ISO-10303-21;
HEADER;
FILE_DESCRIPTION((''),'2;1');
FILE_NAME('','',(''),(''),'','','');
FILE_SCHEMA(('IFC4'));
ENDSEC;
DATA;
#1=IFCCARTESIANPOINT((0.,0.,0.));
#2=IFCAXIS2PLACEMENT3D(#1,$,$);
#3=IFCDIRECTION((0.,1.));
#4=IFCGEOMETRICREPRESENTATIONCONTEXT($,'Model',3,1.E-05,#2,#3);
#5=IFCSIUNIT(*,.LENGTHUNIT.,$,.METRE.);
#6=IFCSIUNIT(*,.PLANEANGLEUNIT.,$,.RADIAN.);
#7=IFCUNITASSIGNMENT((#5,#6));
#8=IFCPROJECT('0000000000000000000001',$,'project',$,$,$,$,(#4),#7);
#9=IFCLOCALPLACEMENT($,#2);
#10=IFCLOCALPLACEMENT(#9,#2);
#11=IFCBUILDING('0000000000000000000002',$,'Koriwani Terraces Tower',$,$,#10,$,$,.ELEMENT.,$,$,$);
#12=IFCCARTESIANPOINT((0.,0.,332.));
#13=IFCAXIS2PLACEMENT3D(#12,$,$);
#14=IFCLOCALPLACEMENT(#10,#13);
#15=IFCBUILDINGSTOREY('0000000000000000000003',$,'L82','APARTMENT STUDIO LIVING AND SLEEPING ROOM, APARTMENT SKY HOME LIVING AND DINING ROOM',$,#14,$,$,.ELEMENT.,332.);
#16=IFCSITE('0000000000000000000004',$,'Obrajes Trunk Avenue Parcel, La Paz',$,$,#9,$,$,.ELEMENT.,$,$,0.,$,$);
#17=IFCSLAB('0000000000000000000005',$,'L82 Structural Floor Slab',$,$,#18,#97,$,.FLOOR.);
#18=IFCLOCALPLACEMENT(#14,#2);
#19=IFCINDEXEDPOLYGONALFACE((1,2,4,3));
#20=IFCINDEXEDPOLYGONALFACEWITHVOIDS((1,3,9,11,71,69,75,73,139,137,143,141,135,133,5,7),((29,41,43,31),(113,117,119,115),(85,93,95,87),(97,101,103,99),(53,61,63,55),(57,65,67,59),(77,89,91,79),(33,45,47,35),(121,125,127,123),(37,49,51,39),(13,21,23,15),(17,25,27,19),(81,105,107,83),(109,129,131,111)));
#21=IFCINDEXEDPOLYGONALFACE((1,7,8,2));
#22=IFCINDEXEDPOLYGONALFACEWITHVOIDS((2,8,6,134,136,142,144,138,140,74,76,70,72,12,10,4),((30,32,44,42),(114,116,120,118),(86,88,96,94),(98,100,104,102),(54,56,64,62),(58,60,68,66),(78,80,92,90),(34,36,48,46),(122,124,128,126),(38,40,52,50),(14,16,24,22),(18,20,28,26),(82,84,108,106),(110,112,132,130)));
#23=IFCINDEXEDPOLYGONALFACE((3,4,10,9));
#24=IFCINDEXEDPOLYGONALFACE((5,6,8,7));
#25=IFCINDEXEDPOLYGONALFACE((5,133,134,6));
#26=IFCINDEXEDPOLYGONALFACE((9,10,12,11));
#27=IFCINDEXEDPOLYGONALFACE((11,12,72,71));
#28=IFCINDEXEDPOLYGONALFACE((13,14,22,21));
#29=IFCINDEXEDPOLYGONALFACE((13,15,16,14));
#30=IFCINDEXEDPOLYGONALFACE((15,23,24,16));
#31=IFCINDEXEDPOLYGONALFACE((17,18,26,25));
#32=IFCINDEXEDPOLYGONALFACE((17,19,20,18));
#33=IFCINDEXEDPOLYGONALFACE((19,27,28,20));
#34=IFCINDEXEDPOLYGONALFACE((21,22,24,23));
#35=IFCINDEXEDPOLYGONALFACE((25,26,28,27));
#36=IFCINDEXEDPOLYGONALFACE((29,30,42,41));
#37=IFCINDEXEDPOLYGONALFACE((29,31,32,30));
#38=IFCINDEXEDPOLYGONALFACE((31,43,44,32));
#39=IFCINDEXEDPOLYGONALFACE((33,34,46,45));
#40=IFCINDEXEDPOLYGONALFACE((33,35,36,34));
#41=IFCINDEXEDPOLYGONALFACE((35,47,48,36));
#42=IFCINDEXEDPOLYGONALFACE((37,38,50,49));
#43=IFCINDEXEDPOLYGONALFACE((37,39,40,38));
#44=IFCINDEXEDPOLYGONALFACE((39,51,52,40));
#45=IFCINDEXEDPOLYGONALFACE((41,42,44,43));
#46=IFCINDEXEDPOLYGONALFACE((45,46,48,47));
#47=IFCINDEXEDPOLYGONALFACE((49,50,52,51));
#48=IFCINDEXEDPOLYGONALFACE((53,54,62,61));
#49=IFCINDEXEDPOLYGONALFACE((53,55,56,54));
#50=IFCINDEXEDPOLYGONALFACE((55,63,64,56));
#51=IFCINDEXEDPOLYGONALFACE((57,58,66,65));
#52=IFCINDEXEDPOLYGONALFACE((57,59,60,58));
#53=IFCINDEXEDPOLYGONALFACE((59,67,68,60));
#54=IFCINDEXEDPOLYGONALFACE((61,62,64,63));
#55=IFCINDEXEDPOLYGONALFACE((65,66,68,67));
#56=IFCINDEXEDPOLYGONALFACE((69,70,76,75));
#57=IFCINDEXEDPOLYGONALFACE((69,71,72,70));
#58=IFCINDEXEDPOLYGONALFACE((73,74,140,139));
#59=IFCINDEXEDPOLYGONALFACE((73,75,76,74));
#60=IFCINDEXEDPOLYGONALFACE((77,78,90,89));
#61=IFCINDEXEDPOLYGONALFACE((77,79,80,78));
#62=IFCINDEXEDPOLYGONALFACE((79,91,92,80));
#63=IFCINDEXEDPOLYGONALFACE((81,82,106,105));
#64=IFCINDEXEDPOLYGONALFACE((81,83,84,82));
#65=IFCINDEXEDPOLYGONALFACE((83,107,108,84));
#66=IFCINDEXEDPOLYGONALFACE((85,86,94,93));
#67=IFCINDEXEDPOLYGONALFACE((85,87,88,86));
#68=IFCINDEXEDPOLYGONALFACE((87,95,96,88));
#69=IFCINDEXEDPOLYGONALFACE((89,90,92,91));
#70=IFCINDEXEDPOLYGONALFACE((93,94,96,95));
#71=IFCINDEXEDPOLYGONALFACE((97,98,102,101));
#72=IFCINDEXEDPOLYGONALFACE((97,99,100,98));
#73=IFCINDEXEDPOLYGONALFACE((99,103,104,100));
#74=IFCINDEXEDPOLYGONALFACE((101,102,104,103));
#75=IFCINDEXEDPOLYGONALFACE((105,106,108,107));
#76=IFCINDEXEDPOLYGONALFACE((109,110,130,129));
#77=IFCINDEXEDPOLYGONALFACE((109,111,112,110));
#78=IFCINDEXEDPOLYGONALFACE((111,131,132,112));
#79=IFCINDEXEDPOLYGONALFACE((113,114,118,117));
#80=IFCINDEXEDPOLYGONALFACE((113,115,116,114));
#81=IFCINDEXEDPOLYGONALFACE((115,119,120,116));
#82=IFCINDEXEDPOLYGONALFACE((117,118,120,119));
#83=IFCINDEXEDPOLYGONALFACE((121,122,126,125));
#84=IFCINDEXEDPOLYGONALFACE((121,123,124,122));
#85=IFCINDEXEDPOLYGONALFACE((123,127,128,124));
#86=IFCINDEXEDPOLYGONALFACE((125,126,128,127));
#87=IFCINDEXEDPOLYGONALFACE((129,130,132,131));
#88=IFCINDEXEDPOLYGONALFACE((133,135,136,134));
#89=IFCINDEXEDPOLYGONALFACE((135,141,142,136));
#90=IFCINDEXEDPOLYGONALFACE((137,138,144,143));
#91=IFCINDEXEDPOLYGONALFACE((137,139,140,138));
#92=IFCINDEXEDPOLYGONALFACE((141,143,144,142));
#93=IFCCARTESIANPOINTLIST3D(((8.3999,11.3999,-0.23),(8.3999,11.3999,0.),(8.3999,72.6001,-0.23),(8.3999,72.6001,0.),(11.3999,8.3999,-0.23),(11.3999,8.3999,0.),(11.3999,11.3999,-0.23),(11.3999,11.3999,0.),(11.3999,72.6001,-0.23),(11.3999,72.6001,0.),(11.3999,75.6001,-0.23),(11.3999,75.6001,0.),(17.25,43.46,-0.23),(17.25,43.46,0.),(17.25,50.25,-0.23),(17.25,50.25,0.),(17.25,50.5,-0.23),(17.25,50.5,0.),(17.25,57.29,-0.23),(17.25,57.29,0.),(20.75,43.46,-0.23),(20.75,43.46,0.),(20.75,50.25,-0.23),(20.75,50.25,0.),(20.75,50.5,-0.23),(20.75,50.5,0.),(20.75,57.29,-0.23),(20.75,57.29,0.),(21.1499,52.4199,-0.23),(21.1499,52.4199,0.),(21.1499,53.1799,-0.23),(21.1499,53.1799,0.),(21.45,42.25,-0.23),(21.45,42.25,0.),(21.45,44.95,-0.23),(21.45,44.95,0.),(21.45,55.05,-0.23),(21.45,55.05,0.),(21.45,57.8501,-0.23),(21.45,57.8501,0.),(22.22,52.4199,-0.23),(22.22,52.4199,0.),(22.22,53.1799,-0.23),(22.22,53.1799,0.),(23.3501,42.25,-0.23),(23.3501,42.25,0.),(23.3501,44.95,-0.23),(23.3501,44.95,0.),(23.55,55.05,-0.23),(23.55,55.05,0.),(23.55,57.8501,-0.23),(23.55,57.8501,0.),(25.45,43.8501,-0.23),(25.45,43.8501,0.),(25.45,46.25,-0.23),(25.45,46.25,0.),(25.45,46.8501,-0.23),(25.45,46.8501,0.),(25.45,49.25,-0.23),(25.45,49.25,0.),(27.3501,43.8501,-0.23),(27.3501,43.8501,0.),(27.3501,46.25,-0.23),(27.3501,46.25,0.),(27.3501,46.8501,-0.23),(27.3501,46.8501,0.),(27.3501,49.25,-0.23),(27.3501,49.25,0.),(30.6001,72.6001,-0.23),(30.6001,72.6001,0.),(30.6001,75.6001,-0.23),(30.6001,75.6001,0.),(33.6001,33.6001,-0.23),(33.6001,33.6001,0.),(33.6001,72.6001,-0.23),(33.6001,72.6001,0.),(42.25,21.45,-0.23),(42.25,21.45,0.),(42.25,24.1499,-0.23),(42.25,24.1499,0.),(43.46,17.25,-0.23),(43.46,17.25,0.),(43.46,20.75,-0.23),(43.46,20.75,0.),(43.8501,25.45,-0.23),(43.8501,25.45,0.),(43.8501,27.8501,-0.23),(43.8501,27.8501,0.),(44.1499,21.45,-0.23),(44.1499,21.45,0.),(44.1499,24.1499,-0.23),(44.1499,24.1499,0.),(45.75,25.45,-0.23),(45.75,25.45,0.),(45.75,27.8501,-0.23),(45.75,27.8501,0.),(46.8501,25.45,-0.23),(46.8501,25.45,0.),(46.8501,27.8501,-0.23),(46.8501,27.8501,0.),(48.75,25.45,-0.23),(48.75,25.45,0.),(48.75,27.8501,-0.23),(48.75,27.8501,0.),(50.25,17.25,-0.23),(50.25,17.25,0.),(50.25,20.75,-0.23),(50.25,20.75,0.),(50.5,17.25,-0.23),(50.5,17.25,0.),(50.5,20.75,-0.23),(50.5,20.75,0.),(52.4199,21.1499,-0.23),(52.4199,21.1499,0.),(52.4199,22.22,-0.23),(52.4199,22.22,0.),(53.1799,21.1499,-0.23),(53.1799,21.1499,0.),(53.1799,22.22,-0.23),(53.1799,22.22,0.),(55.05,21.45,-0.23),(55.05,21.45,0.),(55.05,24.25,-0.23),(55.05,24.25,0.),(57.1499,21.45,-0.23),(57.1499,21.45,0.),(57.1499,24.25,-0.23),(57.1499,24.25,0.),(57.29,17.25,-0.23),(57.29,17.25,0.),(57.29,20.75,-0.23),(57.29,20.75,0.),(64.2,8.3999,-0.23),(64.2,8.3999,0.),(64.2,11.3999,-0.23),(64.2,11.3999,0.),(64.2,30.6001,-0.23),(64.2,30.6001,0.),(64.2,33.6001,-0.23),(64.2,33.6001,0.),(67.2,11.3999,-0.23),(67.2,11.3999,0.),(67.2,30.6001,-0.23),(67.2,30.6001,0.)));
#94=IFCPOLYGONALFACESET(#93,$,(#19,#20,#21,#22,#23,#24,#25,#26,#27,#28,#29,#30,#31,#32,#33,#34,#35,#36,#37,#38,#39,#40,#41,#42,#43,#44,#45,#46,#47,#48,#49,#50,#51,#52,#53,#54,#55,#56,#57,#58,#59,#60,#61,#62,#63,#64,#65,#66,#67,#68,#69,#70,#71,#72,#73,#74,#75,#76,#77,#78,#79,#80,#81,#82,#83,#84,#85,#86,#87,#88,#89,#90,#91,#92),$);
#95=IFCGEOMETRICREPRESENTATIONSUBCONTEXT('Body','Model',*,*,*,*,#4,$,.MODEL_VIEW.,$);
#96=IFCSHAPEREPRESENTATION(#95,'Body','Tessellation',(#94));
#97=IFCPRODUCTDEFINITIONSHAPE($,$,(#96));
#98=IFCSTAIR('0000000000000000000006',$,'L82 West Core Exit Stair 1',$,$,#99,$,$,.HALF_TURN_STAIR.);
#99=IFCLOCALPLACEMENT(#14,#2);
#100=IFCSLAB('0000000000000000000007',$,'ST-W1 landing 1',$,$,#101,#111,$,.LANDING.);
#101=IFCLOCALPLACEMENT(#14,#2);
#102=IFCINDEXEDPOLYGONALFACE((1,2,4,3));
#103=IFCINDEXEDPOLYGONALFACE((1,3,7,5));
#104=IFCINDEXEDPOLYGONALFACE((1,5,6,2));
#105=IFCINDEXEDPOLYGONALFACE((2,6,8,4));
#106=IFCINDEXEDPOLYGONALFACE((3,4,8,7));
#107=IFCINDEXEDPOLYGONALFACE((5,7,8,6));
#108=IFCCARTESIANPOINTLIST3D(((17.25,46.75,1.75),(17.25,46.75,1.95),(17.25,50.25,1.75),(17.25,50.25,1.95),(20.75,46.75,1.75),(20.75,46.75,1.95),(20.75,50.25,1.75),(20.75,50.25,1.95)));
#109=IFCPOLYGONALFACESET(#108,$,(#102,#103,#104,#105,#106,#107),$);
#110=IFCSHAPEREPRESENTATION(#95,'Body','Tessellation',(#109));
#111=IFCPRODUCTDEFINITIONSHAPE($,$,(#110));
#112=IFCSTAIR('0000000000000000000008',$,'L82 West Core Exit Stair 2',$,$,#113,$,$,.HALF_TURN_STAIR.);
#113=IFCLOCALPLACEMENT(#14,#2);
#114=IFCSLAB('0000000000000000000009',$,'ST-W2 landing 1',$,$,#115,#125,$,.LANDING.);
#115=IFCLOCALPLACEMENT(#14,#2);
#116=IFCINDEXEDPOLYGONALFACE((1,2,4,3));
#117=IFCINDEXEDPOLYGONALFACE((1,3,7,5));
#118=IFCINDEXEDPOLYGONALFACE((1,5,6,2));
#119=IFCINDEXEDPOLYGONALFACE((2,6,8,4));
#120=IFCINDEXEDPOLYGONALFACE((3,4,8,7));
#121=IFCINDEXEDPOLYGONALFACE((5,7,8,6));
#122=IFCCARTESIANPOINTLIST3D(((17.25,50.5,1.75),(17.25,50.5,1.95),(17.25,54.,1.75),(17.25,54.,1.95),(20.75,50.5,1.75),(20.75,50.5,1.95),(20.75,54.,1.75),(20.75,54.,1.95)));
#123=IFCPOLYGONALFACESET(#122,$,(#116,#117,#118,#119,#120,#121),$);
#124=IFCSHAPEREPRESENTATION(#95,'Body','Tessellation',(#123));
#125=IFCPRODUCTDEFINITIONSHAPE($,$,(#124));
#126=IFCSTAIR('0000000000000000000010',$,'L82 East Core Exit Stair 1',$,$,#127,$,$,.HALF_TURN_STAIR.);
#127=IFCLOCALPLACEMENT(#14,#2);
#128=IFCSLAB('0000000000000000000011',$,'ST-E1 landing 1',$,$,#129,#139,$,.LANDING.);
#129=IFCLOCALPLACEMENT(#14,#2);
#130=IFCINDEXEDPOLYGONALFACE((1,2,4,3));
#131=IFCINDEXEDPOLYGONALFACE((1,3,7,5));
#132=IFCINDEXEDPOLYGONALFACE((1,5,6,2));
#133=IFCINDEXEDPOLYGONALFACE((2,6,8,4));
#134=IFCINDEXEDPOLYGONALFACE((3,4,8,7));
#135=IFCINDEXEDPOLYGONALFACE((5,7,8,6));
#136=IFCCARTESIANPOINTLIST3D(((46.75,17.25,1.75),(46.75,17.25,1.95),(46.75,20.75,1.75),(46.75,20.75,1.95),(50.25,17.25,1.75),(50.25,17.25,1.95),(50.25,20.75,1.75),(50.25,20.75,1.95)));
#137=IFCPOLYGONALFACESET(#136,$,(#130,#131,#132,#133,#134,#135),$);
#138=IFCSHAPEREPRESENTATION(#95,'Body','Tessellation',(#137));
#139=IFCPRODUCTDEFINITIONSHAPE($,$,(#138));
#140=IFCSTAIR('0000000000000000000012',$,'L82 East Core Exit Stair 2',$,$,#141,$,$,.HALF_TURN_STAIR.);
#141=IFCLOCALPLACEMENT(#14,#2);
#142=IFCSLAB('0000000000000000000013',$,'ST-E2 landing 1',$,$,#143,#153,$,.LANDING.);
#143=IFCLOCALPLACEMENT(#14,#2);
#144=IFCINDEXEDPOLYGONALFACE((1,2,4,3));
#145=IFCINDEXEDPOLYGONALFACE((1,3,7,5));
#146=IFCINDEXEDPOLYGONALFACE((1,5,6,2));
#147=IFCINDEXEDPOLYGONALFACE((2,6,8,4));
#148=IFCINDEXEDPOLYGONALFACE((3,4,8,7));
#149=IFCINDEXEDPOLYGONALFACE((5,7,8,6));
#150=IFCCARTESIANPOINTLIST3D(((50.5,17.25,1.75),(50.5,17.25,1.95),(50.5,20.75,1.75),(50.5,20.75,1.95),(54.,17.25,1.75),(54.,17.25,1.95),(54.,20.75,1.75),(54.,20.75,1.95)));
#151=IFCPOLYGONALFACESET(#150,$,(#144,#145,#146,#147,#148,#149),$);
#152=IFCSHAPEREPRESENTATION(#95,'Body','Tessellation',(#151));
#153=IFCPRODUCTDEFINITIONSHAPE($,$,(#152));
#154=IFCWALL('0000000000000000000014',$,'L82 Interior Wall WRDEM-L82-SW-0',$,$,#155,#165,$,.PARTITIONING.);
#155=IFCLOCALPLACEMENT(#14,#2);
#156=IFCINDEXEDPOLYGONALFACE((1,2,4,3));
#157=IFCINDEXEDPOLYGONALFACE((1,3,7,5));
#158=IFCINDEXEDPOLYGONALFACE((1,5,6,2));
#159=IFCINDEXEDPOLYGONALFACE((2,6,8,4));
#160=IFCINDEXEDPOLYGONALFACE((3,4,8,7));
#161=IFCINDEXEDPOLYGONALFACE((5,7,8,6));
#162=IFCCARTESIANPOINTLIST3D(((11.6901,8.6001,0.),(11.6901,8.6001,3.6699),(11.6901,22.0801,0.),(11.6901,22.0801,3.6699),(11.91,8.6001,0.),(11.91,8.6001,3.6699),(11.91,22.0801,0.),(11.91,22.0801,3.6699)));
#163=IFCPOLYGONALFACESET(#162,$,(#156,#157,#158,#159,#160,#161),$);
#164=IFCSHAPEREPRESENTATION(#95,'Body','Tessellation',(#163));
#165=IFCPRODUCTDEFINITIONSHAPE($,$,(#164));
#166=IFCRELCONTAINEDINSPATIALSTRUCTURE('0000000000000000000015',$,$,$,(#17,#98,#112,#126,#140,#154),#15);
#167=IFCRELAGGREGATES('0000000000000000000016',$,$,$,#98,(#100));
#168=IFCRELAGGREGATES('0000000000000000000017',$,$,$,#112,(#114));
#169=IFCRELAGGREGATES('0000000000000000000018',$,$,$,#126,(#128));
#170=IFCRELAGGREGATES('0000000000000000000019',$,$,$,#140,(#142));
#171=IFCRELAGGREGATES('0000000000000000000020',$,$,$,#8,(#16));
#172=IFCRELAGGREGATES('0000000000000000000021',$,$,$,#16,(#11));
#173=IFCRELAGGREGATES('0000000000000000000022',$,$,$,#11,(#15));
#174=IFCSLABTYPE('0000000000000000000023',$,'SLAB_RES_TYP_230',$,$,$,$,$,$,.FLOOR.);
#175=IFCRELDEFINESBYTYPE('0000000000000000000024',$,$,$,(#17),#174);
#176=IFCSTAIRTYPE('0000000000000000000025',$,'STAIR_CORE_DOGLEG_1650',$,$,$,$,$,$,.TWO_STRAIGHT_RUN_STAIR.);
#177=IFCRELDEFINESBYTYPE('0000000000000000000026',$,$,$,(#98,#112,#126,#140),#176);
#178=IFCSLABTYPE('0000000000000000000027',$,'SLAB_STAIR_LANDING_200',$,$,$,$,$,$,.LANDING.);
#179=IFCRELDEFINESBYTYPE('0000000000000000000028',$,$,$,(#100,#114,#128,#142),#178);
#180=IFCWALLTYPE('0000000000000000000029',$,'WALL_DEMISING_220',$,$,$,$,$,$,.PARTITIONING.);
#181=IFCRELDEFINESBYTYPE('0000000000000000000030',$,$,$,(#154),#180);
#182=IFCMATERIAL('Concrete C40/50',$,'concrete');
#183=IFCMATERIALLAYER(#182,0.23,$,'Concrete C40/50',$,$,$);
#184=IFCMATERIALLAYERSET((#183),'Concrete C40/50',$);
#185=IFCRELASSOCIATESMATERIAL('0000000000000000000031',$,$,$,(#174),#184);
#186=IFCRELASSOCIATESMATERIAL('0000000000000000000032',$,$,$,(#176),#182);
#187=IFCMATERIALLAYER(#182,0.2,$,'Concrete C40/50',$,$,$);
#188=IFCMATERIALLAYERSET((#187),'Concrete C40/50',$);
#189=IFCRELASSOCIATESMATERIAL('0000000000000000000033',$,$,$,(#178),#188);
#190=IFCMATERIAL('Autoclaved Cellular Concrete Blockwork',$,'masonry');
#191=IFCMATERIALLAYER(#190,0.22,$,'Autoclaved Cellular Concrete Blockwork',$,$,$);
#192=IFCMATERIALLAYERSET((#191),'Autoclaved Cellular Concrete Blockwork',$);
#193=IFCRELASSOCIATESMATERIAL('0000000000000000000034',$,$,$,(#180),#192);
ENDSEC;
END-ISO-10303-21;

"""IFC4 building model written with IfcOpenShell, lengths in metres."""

from ifc_helpers import new_model, si_unit, direction, frame, frame_2d, origin, place, context, subcontext, project, spatial, polyline, rectangle, outline, extrude, material, layer, layer_set, type_object, element, aggregate, save


model = new_model("IFC4")

# Units and contexts
model_context = context("Model", 3, precision=1e-05, world=origin(), true_north=direction((0.0, 1.0)))
body_context = subcontext(model_context, "Body", "Model", "MODEL_VIEW")
ifc_project = project(units=[si_unit("LENGTHUNIT", "METRE"), si_unit("PLANEANGLEUNIT", "RADIAN")], contexts=[model_context])

# Site, building, storey
site_placement = place(None, origin())
site = spatial("IfcSite", under=ifc_project, at=site_placement, Name="Obrajes Trunk Avenue Parcel, La Paz", CompositionType="ELEMENT", RefElevation=0.0)
building_placement = place(site_placement, origin())
building = spatial("IfcBuilding", under=site, at=building_placement, Name="Koriwani Terraces Tower", CompositionType="ELEMENT")
storey_placement = place(building_placement, frame((0.0, 0.0, 332.0)))
storey = spatial("IfcBuildingStorey", under=building, at=storey_placement, Name="L82", Description="APARTMENT STUDIO LIVING AND SLEEPING ROOM, APARTMENT SKY HOME LIVING AND DINING ROOM", CompositionType="ELEMENT", Elevation=332.0)

# Shared definitions
ifc_material_1 = material(Name="Concrete C40/50", Category="concrete")

# Slab
ifc_layer_1 = layer(ifc_material_1, 0.23, Name="Concrete C40/50")
ifc_layer_set_1 = layer_set([ifc_layer_1], Name="Concrete C40/50")
slab_type_1 = type_object("IfcSlabType", Name="SLAB_RES_TYP_230", PredefinedType="FLOOR", material=ifc_layer_set_1)
slab_1_placement = place(storey_placement, frame((0.0, 0.0, -0.23)))
element("IfcSlab", 1, at=slab_1_placement, inside=storey, type_object=slab_type_1, Name="L82 Structural Floor Slab", PredefinedType="FLOOR", context=body_context, shape_type="SweptSolid", body=[
    extrude(outline(polyline([(11.3999, 8.3999), (64.2, 8.3999), (64.2, 11.3999), (67.2, 11.3999), (67.2, 30.6001), (64.2, 30.6001), (64.2, 33.6001), (33.6001, 33.6001), (33.6001, 72.6001), (30.6001, 72.6001), (30.6001, 75.6001), (11.3999, 75.6001), (11.3999, 72.6001), (8.3999, 72.6001), (8.3999, 11.3999), (11.3999, 11.3999), (11.3999, 8.3999)]), holes=[polyline([(17.25, 43.46), (20.75, 43.46), (20.75, 50.25), (17.25, 50.25), (17.25, 43.46)]), polyline([(17.25, 50.5), (20.75, 50.5), (20.75, 57.29), (17.25, 57.29), (17.25, 50.5)]), polyline([(43.46, 17.25), (50.25, 17.25), (50.25, 20.75), (43.46, 20.75), (43.46, 17.25)]), polyline([(50.5, 17.25), (57.29, 17.25), (57.29, 20.75), (50.5, 20.75), (50.5, 17.25)]), polyline([(25.45, 43.8501), (27.3501, 43.8501), (27.3501, 46.25), (25.45, 46.25), (25.45, 43.8501)]), polyline([(25.45, 46.8501), (27.3501, 46.8501), (27.3501, 49.25), (25.45, 49.25), (25.45, 46.8501)]), polyline([(43.8501, 25.45), (45.75, 25.45), (45.75, 27.8501), (43.8501, 27.8501), (43.8501, 25.45)]), polyline([(46.8501, 25.45), (48.75, 25.45), (48.75, 27.8501), (46.8501, 27.8501), (46.8501, 25.45)]), polyline([(21.45, 55.05), (23.55, 55.05), (23.55, 57.8501), (21.45, 57.8501), (21.45, 55.05)]), polyline([(55.05, 21.45), (57.1499, 21.45), (57.1499, 24.25), (55.05, 24.25), (55.05, 21.45)]), polyline([(21.45, 42.25), (23.3501, 42.25), (23.3501, 44.95), (21.45, 44.95), (21.45, 42.25)]), polyline([(42.25, 21.45), (44.1499, 21.45), (44.1499, 24.1499), (42.25, 24.1499), (42.25, 21.45)]), polyline([(21.1499, 52.4199), (22.22, 52.4199), (22.22, 53.1799), (21.1499, 53.1799), (21.1499, 52.4199)]), polyline([(52.4199, 21.1499), (53.1799, 21.1499), (53.1799, 22.22), (52.4199, 22.22), (52.4199, 21.1499)])]), origin(), (0.0, 0.0, 1.0), 0.23),
])

# Stairs, slabs
stair_type = type_object("IfcStairType", Name="STAIR_CORE_DOGLEG_1650", PredefinedType="TWO_STRAIGHT_RUN_STAIR", material=ifc_material_1)
stair_1_placement = place(storey_placement, origin())
stair_1 = element("IfcStair", 2, at=stair_1_placement, inside=storey, type_object=stair_type, Name="L82 West Core Exit Stair 1", PredefinedType="HALF_TURN_STAIR")
ifc_layer_2 = layer(ifc_material_1, 0.2, Name="Concrete C40/50")
ifc_layer_set_2 = layer_set([ifc_layer_2], Name="Concrete C40/50")
slab_type_2 = type_object("IfcSlabType", Name="SLAB_STAIR_LANDING_200", PredefinedType="LANDING", material=ifc_layer_set_2)
slab_2_placement = place(storey_placement, frame((0.0, 0.0, 1.75)))
slab_2 = element("IfcSlab", 3, at=slab_2_placement, type_object=slab_type_2, Name="ST-W1 landing 1", PredefinedType="LANDING", context=body_context, shape_type="SweptSolid", body=[
    extrude(outline(polyline([(20.75, 46.75), (20.75, 50.25), (17.25, 50.25), (17.25, 46.75), (20.75, 46.75)])), origin(), (0.0, 0.0, 1.0), 0.2),
])
aggregate(stair_1, [slab_2])
stair_2_placement = place(storey_placement, origin())
stair_2 = element("IfcStair", 4, at=stair_2_placement, inside=storey, type_object=stair_type, Name="L82 West Core Exit Stair 2", PredefinedType="HALF_TURN_STAIR")
slab_3_placement = place(storey_placement, frame((0.0, 0.0, 1.75)))
slab_3 = element("IfcSlab", 5, at=slab_3_placement, type_object=slab_type_2, Name="ST-W2 landing 1", PredefinedType="LANDING", context=body_context, shape_type="SweptSolid", body=[
    extrude(outline(polyline([(17.25, 54.0), (17.25, 50.5), (20.75, 50.5), (20.75, 54.0), (17.25, 54.0)])), origin(), (0.0, 0.0, 1.0), 0.2),
])
aggregate(stair_2, [slab_3])
stair_3_placement = place(storey_placement, origin())
stair_3 = element("IfcStair", 6, at=stair_3_placement, inside=storey, type_object=stair_type, Name="L82 East Core Exit Stair 1", PredefinedType="HALF_TURN_STAIR")
slab_4_placement = place(storey_placement, frame((0.0, 0.0, 1.75)))
slab_4 = element("IfcSlab", 7, at=slab_4_placement, type_object=slab_type_2, Name="ST-E1 landing 1", PredefinedType="LANDING", context=body_context, shape_type="SweptSolid", body=[
    extrude(outline(polyline([(46.75, 17.25), (50.25, 17.25), (50.25, 20.75), (46.75, 20.75), (46.75, 17.25)])), origin(), (0.0, 0.0, 1.0), 0.2),
])
aggregate(stair_3, [slab_4])
stair_4_placement = place(storey_placement, origin())
stair_4 = element("IfcStair", 8, at=stair_4_placement, inside=storey, type_object=stair_type, Name="L82 East Core Exit Stair 2", PredefinedType="HALF_TURN_STAIR")
slab_5_placement = place(storey_placement, frame((0.0, 0.0, 1.75)))
slab_5 = element("IfcSlab", 9, at=slab_5_placement, type_object=slab_type_2, Name="ST-E2 landing 1", PredefinedType="LANDING", context=body_context, shape_type="SweptSolid", body=[
    extrude(outline(polyline([(54.0, 20.75), (50.5, 20.75), (50.5, 17.25), (54.0, 17.25), (54.0, 20.75)])), origin(), (0.0, 0.0, 1.0), 0.2),
])
aggregate(stair_4, [slab_5])

# Wall
ifc_material_2 = material(Name="Autoclaved Cellular Concrete Blockwork", Category="masonry")
ifc_layer_3 = layer(ifc_material_2, 0.22, Name="Autoclaved Cellular Concrete Blockwork")
ifc_layer_set_3 = layer_set([ifc_layer_3], Name="Autoclaved Cellular Concrete Blockwork")
wall_type_1 = type_object("IfcWallType", Name="WALL_DEMISING_220", PredefinedType="PARTITIONING", material=ifc_layer_set_3)
wall_1_placement = place(storey_placement, frame((11.8, 8.6001, 0.0), z_axis=(0.0, 0.0, 1.0), x_axis=(0.0, 1.0, 0.0)))
element("IfcWall", 10, at=wall_1_placement, inside=storey, type_object=wall_type_1, Name="L82 Interior Wall WRDEM-L82-SW-0", PredefinedType="PARTITIONING", context=body_context, shape_type="SweptSolid", body=[
    extrude(rectangle(XDim=13.48, YDim=0.22, at=frame_2d((6.74, 0.0))), origin(), (0.0, 0.0, 1.0), 3.6699),
])

save(model, "model.ifc")
